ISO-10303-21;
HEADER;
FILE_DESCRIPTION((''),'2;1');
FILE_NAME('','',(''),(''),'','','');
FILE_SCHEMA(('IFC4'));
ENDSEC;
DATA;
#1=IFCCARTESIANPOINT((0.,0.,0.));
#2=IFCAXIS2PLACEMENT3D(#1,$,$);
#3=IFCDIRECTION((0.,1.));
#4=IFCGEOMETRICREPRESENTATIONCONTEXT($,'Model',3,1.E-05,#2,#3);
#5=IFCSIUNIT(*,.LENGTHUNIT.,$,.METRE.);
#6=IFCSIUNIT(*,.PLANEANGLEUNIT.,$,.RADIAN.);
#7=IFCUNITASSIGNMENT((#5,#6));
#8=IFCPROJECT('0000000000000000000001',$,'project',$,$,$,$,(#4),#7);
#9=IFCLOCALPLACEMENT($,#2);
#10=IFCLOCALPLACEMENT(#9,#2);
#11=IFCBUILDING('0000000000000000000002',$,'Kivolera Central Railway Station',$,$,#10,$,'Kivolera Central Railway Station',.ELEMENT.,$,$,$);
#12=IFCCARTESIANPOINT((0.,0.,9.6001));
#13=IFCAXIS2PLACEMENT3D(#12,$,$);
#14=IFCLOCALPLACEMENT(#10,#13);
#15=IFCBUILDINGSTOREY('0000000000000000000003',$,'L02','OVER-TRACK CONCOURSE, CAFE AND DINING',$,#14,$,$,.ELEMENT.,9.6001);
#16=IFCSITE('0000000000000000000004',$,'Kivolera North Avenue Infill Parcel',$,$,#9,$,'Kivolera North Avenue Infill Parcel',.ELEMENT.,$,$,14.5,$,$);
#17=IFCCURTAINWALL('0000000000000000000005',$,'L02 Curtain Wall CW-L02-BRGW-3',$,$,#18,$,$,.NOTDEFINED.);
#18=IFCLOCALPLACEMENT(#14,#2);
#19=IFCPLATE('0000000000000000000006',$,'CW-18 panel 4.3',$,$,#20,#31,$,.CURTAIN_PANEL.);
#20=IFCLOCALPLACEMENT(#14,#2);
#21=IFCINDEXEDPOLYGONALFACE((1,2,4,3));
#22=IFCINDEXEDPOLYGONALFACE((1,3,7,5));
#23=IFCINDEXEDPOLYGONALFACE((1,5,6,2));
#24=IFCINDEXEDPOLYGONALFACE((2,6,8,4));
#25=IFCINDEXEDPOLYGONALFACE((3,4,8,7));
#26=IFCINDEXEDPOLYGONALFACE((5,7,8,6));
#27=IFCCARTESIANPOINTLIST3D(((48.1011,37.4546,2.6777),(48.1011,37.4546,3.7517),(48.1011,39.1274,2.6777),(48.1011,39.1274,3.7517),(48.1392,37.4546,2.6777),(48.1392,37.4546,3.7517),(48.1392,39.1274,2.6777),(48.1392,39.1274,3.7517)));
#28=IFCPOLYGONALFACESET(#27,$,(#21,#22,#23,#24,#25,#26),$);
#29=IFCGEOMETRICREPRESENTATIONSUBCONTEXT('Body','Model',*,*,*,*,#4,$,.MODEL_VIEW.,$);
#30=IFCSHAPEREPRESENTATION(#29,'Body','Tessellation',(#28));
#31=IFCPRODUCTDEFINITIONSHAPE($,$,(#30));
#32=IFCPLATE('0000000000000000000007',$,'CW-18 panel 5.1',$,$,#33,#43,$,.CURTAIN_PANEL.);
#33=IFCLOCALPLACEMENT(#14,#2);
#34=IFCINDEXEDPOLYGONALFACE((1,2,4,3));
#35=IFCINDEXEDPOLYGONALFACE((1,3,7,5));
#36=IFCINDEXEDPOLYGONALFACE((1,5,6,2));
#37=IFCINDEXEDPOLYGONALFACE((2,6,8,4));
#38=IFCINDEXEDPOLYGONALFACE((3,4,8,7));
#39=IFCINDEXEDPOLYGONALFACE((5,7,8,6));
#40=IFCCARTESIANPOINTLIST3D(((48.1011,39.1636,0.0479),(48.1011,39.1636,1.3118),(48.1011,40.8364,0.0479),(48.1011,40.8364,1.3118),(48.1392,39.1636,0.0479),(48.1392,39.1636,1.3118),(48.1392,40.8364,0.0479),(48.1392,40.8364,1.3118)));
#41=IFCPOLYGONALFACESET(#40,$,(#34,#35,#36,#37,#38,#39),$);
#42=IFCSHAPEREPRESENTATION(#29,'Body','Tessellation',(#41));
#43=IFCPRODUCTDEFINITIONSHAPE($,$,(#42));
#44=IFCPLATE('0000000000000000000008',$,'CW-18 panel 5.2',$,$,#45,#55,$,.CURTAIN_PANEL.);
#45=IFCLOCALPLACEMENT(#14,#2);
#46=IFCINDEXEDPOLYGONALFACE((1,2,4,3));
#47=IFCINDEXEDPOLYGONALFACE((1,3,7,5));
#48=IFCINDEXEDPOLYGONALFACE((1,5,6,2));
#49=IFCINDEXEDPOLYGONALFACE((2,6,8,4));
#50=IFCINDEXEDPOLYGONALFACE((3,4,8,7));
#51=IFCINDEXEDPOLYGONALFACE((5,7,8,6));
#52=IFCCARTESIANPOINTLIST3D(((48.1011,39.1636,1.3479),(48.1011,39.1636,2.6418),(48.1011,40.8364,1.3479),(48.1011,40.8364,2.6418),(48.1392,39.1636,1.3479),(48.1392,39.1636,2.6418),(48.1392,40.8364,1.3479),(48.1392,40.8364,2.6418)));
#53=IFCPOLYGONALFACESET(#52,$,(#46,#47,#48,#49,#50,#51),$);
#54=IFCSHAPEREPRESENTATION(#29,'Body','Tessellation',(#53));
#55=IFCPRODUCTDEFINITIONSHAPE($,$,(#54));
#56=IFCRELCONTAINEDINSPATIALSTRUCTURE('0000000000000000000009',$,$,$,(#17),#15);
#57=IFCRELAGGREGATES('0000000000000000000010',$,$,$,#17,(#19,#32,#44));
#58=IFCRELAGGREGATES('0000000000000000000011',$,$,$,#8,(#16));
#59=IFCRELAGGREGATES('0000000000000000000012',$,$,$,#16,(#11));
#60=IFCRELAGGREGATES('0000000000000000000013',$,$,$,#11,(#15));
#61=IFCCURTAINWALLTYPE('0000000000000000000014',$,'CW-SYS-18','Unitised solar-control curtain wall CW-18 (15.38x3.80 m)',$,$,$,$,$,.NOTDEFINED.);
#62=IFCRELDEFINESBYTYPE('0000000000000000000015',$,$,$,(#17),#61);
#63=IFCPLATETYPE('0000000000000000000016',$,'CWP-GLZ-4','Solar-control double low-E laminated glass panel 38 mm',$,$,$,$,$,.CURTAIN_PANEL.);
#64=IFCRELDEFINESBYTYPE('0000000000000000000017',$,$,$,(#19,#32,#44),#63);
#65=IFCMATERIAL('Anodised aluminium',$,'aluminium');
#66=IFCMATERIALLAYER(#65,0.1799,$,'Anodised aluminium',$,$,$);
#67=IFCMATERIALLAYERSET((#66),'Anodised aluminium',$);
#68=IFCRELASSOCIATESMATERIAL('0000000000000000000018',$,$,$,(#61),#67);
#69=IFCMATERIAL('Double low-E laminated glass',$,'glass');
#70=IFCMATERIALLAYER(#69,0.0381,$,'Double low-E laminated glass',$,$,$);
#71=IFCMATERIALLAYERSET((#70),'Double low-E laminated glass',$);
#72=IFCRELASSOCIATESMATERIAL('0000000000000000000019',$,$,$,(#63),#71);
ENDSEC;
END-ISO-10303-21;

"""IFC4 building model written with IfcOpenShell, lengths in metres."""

from ifc_helpers import new_model, si_unit, direction, frame, origin, origin_2d, place, context, subcontext, project, spatial, rectangle, extrude, material, layer, layer_set, type_object, element, aggregate, save


model = new_model("IFC4")

# Units and contexts
model_context = context("Model", 3, precision=1e-05, world=origin(), true_north=direction((0.0, 1.0)))
body_context = subcontext(model_context, "Body", "Model", "MODEL_VIEW")
ifc_project = project(units=[si_unit("LENGTHUNIT", "METRE"), si_unit("PLANEANGLEUNIT", "RADIAN")], contexts=[model_context])

# Site, building, storey
site_placement = place(None, origin())
site = spatial("IfcSite", under=ifc_project, at=site_placement, Name="Kivolera North Avenue Infill Parcel", LongName="Kivolera North Avenue Infill Parcel", CompositionType="ELEMENT", RefElevation=14.5)
building_placement = place(site_placement, origin())
building = spatial("IfcBuilding", under=site, at=building_placement, Name="Kivolera Central Railway Station", LongName="Kivolera Central Railway Station", CompositionType="ELEMENT")
storey_placement = place(building_placement, frame((0.0, 0.0, 9.6001)))
storey = spatial("IfcBuildingStorey", under=building, at=storey_placement, Name="L02", Description="OVER-TRACK CONCOURSE, CAFE AND DINING", CompositionType="ELEMENT", Elevation=9.6001)

# Curtain wall, plates
ifc_material_1 = material(Name="Anodised aluminium", Category="aluminium")
ifc_layer_1 = layer(ifc_material_1, 0.1799, Name="Anodised aluminium")
ifc_layer_set_1 = layer_set([ifc_layer_1], Name="Anodised aluminium")
curtain_wall_type = type_object("IfcCurtainWallType", Name="CW-SYS-18", Description="Unitised solar-control curtain wall CW-18 (15.38x3.80 m)", PredefinedType="NOTDEFINED", material=ifc_layer_set_1)
curtain_wall_placement = place(storey_placement, origin())
curtain_wall = element("IfcCurtainWall", 1, at=curtain_wall_placement, inside=storey, type_object=curtain_wall_type, Name="L02 Curtain Wall CW-L02-BRGW-3", PredefinedType="NOTDEFINED")
ifc_material_2 = material(Name="Double low-E laminated glass", Category="glass")
ifc_layer_2 = layer(ifc_material_2, 0.0381, Name="Double low-E laminated glass")
ifc_layer_set_2 = layer_set([ifc_layer_2], Name="Double low-E laminated glass")
plate_type = type_object("IfcPlateType", Name="CWP-GLZ-4", Description="Solar-control double low-E laminated glass panel 38 mm", PredefinedType="CURTAIN_PANEL", material=ifc_layer_set_2)
plate_1_placement = place(storey_placement, frame((48.1201, 38.291, 2.6777), z_axis=(0.0, 0.0, 1.0), x_axis=(0.0, 1.0, 0.0)))
plate_1 = element("IfcPlate", 2, at=plate_1_placement, type_object=plate_type, Name="CW-18 panel 4.3", PredefinedType="CURTAIN_PANEL", context=body_context, shape_type="SweptSolid", body=[
    extrude(rectangle(XDim=1.6729, YDim=0.0381, at=origin_2d()), origin(), (0.0, 0.0, 1.0), 1.074),
])
plate_2_placement = place(storey_placement, frame((48.1201, 40.0, 0.0479), z_axis=(0.0, 0.0, 1.0), x_axis=(0.0, 1.0, 0.0)))
plate_2 = element("IfcPlate", 3, at=plate_2_placement, type_object=plate_type, Name="CW-18 panel 5.1", PredefinedType="CURTAIN_PANEL", context=body_context, shape_type="SweptSolid", body=[
    extrude(rectangle(XDim=1.6729, YDim=0.0381, at=origin_2d()), origin(), (0.0, 0.0, 1.0), 1.2639),
])
plate_3_placement = place(storey_placement, frame((48.1201, 40.0, 1.3479), z_axis=(0.0, 0.0, 1.0), x_axis=(0.0, 1.0, 0.0)))
plate_3 = element("IfcPlate", 4, at=plate_3_placement, type_object=plate_type, Name="CW-18 panel 5.2", PredefinedType="CURTAIN_PANEL", context=body_context, shape_type="SweptSolid", body=[
    extrude(rectangle(XDim=1.6729, YDim=0.0381, at=origin_2d()), origin(), (0.0, 0.0, 1.0), 1.2939),
])
aggregate(curtain_wall, [plate_1, plate_2, plate_3])

save(model, "model.ifc")
